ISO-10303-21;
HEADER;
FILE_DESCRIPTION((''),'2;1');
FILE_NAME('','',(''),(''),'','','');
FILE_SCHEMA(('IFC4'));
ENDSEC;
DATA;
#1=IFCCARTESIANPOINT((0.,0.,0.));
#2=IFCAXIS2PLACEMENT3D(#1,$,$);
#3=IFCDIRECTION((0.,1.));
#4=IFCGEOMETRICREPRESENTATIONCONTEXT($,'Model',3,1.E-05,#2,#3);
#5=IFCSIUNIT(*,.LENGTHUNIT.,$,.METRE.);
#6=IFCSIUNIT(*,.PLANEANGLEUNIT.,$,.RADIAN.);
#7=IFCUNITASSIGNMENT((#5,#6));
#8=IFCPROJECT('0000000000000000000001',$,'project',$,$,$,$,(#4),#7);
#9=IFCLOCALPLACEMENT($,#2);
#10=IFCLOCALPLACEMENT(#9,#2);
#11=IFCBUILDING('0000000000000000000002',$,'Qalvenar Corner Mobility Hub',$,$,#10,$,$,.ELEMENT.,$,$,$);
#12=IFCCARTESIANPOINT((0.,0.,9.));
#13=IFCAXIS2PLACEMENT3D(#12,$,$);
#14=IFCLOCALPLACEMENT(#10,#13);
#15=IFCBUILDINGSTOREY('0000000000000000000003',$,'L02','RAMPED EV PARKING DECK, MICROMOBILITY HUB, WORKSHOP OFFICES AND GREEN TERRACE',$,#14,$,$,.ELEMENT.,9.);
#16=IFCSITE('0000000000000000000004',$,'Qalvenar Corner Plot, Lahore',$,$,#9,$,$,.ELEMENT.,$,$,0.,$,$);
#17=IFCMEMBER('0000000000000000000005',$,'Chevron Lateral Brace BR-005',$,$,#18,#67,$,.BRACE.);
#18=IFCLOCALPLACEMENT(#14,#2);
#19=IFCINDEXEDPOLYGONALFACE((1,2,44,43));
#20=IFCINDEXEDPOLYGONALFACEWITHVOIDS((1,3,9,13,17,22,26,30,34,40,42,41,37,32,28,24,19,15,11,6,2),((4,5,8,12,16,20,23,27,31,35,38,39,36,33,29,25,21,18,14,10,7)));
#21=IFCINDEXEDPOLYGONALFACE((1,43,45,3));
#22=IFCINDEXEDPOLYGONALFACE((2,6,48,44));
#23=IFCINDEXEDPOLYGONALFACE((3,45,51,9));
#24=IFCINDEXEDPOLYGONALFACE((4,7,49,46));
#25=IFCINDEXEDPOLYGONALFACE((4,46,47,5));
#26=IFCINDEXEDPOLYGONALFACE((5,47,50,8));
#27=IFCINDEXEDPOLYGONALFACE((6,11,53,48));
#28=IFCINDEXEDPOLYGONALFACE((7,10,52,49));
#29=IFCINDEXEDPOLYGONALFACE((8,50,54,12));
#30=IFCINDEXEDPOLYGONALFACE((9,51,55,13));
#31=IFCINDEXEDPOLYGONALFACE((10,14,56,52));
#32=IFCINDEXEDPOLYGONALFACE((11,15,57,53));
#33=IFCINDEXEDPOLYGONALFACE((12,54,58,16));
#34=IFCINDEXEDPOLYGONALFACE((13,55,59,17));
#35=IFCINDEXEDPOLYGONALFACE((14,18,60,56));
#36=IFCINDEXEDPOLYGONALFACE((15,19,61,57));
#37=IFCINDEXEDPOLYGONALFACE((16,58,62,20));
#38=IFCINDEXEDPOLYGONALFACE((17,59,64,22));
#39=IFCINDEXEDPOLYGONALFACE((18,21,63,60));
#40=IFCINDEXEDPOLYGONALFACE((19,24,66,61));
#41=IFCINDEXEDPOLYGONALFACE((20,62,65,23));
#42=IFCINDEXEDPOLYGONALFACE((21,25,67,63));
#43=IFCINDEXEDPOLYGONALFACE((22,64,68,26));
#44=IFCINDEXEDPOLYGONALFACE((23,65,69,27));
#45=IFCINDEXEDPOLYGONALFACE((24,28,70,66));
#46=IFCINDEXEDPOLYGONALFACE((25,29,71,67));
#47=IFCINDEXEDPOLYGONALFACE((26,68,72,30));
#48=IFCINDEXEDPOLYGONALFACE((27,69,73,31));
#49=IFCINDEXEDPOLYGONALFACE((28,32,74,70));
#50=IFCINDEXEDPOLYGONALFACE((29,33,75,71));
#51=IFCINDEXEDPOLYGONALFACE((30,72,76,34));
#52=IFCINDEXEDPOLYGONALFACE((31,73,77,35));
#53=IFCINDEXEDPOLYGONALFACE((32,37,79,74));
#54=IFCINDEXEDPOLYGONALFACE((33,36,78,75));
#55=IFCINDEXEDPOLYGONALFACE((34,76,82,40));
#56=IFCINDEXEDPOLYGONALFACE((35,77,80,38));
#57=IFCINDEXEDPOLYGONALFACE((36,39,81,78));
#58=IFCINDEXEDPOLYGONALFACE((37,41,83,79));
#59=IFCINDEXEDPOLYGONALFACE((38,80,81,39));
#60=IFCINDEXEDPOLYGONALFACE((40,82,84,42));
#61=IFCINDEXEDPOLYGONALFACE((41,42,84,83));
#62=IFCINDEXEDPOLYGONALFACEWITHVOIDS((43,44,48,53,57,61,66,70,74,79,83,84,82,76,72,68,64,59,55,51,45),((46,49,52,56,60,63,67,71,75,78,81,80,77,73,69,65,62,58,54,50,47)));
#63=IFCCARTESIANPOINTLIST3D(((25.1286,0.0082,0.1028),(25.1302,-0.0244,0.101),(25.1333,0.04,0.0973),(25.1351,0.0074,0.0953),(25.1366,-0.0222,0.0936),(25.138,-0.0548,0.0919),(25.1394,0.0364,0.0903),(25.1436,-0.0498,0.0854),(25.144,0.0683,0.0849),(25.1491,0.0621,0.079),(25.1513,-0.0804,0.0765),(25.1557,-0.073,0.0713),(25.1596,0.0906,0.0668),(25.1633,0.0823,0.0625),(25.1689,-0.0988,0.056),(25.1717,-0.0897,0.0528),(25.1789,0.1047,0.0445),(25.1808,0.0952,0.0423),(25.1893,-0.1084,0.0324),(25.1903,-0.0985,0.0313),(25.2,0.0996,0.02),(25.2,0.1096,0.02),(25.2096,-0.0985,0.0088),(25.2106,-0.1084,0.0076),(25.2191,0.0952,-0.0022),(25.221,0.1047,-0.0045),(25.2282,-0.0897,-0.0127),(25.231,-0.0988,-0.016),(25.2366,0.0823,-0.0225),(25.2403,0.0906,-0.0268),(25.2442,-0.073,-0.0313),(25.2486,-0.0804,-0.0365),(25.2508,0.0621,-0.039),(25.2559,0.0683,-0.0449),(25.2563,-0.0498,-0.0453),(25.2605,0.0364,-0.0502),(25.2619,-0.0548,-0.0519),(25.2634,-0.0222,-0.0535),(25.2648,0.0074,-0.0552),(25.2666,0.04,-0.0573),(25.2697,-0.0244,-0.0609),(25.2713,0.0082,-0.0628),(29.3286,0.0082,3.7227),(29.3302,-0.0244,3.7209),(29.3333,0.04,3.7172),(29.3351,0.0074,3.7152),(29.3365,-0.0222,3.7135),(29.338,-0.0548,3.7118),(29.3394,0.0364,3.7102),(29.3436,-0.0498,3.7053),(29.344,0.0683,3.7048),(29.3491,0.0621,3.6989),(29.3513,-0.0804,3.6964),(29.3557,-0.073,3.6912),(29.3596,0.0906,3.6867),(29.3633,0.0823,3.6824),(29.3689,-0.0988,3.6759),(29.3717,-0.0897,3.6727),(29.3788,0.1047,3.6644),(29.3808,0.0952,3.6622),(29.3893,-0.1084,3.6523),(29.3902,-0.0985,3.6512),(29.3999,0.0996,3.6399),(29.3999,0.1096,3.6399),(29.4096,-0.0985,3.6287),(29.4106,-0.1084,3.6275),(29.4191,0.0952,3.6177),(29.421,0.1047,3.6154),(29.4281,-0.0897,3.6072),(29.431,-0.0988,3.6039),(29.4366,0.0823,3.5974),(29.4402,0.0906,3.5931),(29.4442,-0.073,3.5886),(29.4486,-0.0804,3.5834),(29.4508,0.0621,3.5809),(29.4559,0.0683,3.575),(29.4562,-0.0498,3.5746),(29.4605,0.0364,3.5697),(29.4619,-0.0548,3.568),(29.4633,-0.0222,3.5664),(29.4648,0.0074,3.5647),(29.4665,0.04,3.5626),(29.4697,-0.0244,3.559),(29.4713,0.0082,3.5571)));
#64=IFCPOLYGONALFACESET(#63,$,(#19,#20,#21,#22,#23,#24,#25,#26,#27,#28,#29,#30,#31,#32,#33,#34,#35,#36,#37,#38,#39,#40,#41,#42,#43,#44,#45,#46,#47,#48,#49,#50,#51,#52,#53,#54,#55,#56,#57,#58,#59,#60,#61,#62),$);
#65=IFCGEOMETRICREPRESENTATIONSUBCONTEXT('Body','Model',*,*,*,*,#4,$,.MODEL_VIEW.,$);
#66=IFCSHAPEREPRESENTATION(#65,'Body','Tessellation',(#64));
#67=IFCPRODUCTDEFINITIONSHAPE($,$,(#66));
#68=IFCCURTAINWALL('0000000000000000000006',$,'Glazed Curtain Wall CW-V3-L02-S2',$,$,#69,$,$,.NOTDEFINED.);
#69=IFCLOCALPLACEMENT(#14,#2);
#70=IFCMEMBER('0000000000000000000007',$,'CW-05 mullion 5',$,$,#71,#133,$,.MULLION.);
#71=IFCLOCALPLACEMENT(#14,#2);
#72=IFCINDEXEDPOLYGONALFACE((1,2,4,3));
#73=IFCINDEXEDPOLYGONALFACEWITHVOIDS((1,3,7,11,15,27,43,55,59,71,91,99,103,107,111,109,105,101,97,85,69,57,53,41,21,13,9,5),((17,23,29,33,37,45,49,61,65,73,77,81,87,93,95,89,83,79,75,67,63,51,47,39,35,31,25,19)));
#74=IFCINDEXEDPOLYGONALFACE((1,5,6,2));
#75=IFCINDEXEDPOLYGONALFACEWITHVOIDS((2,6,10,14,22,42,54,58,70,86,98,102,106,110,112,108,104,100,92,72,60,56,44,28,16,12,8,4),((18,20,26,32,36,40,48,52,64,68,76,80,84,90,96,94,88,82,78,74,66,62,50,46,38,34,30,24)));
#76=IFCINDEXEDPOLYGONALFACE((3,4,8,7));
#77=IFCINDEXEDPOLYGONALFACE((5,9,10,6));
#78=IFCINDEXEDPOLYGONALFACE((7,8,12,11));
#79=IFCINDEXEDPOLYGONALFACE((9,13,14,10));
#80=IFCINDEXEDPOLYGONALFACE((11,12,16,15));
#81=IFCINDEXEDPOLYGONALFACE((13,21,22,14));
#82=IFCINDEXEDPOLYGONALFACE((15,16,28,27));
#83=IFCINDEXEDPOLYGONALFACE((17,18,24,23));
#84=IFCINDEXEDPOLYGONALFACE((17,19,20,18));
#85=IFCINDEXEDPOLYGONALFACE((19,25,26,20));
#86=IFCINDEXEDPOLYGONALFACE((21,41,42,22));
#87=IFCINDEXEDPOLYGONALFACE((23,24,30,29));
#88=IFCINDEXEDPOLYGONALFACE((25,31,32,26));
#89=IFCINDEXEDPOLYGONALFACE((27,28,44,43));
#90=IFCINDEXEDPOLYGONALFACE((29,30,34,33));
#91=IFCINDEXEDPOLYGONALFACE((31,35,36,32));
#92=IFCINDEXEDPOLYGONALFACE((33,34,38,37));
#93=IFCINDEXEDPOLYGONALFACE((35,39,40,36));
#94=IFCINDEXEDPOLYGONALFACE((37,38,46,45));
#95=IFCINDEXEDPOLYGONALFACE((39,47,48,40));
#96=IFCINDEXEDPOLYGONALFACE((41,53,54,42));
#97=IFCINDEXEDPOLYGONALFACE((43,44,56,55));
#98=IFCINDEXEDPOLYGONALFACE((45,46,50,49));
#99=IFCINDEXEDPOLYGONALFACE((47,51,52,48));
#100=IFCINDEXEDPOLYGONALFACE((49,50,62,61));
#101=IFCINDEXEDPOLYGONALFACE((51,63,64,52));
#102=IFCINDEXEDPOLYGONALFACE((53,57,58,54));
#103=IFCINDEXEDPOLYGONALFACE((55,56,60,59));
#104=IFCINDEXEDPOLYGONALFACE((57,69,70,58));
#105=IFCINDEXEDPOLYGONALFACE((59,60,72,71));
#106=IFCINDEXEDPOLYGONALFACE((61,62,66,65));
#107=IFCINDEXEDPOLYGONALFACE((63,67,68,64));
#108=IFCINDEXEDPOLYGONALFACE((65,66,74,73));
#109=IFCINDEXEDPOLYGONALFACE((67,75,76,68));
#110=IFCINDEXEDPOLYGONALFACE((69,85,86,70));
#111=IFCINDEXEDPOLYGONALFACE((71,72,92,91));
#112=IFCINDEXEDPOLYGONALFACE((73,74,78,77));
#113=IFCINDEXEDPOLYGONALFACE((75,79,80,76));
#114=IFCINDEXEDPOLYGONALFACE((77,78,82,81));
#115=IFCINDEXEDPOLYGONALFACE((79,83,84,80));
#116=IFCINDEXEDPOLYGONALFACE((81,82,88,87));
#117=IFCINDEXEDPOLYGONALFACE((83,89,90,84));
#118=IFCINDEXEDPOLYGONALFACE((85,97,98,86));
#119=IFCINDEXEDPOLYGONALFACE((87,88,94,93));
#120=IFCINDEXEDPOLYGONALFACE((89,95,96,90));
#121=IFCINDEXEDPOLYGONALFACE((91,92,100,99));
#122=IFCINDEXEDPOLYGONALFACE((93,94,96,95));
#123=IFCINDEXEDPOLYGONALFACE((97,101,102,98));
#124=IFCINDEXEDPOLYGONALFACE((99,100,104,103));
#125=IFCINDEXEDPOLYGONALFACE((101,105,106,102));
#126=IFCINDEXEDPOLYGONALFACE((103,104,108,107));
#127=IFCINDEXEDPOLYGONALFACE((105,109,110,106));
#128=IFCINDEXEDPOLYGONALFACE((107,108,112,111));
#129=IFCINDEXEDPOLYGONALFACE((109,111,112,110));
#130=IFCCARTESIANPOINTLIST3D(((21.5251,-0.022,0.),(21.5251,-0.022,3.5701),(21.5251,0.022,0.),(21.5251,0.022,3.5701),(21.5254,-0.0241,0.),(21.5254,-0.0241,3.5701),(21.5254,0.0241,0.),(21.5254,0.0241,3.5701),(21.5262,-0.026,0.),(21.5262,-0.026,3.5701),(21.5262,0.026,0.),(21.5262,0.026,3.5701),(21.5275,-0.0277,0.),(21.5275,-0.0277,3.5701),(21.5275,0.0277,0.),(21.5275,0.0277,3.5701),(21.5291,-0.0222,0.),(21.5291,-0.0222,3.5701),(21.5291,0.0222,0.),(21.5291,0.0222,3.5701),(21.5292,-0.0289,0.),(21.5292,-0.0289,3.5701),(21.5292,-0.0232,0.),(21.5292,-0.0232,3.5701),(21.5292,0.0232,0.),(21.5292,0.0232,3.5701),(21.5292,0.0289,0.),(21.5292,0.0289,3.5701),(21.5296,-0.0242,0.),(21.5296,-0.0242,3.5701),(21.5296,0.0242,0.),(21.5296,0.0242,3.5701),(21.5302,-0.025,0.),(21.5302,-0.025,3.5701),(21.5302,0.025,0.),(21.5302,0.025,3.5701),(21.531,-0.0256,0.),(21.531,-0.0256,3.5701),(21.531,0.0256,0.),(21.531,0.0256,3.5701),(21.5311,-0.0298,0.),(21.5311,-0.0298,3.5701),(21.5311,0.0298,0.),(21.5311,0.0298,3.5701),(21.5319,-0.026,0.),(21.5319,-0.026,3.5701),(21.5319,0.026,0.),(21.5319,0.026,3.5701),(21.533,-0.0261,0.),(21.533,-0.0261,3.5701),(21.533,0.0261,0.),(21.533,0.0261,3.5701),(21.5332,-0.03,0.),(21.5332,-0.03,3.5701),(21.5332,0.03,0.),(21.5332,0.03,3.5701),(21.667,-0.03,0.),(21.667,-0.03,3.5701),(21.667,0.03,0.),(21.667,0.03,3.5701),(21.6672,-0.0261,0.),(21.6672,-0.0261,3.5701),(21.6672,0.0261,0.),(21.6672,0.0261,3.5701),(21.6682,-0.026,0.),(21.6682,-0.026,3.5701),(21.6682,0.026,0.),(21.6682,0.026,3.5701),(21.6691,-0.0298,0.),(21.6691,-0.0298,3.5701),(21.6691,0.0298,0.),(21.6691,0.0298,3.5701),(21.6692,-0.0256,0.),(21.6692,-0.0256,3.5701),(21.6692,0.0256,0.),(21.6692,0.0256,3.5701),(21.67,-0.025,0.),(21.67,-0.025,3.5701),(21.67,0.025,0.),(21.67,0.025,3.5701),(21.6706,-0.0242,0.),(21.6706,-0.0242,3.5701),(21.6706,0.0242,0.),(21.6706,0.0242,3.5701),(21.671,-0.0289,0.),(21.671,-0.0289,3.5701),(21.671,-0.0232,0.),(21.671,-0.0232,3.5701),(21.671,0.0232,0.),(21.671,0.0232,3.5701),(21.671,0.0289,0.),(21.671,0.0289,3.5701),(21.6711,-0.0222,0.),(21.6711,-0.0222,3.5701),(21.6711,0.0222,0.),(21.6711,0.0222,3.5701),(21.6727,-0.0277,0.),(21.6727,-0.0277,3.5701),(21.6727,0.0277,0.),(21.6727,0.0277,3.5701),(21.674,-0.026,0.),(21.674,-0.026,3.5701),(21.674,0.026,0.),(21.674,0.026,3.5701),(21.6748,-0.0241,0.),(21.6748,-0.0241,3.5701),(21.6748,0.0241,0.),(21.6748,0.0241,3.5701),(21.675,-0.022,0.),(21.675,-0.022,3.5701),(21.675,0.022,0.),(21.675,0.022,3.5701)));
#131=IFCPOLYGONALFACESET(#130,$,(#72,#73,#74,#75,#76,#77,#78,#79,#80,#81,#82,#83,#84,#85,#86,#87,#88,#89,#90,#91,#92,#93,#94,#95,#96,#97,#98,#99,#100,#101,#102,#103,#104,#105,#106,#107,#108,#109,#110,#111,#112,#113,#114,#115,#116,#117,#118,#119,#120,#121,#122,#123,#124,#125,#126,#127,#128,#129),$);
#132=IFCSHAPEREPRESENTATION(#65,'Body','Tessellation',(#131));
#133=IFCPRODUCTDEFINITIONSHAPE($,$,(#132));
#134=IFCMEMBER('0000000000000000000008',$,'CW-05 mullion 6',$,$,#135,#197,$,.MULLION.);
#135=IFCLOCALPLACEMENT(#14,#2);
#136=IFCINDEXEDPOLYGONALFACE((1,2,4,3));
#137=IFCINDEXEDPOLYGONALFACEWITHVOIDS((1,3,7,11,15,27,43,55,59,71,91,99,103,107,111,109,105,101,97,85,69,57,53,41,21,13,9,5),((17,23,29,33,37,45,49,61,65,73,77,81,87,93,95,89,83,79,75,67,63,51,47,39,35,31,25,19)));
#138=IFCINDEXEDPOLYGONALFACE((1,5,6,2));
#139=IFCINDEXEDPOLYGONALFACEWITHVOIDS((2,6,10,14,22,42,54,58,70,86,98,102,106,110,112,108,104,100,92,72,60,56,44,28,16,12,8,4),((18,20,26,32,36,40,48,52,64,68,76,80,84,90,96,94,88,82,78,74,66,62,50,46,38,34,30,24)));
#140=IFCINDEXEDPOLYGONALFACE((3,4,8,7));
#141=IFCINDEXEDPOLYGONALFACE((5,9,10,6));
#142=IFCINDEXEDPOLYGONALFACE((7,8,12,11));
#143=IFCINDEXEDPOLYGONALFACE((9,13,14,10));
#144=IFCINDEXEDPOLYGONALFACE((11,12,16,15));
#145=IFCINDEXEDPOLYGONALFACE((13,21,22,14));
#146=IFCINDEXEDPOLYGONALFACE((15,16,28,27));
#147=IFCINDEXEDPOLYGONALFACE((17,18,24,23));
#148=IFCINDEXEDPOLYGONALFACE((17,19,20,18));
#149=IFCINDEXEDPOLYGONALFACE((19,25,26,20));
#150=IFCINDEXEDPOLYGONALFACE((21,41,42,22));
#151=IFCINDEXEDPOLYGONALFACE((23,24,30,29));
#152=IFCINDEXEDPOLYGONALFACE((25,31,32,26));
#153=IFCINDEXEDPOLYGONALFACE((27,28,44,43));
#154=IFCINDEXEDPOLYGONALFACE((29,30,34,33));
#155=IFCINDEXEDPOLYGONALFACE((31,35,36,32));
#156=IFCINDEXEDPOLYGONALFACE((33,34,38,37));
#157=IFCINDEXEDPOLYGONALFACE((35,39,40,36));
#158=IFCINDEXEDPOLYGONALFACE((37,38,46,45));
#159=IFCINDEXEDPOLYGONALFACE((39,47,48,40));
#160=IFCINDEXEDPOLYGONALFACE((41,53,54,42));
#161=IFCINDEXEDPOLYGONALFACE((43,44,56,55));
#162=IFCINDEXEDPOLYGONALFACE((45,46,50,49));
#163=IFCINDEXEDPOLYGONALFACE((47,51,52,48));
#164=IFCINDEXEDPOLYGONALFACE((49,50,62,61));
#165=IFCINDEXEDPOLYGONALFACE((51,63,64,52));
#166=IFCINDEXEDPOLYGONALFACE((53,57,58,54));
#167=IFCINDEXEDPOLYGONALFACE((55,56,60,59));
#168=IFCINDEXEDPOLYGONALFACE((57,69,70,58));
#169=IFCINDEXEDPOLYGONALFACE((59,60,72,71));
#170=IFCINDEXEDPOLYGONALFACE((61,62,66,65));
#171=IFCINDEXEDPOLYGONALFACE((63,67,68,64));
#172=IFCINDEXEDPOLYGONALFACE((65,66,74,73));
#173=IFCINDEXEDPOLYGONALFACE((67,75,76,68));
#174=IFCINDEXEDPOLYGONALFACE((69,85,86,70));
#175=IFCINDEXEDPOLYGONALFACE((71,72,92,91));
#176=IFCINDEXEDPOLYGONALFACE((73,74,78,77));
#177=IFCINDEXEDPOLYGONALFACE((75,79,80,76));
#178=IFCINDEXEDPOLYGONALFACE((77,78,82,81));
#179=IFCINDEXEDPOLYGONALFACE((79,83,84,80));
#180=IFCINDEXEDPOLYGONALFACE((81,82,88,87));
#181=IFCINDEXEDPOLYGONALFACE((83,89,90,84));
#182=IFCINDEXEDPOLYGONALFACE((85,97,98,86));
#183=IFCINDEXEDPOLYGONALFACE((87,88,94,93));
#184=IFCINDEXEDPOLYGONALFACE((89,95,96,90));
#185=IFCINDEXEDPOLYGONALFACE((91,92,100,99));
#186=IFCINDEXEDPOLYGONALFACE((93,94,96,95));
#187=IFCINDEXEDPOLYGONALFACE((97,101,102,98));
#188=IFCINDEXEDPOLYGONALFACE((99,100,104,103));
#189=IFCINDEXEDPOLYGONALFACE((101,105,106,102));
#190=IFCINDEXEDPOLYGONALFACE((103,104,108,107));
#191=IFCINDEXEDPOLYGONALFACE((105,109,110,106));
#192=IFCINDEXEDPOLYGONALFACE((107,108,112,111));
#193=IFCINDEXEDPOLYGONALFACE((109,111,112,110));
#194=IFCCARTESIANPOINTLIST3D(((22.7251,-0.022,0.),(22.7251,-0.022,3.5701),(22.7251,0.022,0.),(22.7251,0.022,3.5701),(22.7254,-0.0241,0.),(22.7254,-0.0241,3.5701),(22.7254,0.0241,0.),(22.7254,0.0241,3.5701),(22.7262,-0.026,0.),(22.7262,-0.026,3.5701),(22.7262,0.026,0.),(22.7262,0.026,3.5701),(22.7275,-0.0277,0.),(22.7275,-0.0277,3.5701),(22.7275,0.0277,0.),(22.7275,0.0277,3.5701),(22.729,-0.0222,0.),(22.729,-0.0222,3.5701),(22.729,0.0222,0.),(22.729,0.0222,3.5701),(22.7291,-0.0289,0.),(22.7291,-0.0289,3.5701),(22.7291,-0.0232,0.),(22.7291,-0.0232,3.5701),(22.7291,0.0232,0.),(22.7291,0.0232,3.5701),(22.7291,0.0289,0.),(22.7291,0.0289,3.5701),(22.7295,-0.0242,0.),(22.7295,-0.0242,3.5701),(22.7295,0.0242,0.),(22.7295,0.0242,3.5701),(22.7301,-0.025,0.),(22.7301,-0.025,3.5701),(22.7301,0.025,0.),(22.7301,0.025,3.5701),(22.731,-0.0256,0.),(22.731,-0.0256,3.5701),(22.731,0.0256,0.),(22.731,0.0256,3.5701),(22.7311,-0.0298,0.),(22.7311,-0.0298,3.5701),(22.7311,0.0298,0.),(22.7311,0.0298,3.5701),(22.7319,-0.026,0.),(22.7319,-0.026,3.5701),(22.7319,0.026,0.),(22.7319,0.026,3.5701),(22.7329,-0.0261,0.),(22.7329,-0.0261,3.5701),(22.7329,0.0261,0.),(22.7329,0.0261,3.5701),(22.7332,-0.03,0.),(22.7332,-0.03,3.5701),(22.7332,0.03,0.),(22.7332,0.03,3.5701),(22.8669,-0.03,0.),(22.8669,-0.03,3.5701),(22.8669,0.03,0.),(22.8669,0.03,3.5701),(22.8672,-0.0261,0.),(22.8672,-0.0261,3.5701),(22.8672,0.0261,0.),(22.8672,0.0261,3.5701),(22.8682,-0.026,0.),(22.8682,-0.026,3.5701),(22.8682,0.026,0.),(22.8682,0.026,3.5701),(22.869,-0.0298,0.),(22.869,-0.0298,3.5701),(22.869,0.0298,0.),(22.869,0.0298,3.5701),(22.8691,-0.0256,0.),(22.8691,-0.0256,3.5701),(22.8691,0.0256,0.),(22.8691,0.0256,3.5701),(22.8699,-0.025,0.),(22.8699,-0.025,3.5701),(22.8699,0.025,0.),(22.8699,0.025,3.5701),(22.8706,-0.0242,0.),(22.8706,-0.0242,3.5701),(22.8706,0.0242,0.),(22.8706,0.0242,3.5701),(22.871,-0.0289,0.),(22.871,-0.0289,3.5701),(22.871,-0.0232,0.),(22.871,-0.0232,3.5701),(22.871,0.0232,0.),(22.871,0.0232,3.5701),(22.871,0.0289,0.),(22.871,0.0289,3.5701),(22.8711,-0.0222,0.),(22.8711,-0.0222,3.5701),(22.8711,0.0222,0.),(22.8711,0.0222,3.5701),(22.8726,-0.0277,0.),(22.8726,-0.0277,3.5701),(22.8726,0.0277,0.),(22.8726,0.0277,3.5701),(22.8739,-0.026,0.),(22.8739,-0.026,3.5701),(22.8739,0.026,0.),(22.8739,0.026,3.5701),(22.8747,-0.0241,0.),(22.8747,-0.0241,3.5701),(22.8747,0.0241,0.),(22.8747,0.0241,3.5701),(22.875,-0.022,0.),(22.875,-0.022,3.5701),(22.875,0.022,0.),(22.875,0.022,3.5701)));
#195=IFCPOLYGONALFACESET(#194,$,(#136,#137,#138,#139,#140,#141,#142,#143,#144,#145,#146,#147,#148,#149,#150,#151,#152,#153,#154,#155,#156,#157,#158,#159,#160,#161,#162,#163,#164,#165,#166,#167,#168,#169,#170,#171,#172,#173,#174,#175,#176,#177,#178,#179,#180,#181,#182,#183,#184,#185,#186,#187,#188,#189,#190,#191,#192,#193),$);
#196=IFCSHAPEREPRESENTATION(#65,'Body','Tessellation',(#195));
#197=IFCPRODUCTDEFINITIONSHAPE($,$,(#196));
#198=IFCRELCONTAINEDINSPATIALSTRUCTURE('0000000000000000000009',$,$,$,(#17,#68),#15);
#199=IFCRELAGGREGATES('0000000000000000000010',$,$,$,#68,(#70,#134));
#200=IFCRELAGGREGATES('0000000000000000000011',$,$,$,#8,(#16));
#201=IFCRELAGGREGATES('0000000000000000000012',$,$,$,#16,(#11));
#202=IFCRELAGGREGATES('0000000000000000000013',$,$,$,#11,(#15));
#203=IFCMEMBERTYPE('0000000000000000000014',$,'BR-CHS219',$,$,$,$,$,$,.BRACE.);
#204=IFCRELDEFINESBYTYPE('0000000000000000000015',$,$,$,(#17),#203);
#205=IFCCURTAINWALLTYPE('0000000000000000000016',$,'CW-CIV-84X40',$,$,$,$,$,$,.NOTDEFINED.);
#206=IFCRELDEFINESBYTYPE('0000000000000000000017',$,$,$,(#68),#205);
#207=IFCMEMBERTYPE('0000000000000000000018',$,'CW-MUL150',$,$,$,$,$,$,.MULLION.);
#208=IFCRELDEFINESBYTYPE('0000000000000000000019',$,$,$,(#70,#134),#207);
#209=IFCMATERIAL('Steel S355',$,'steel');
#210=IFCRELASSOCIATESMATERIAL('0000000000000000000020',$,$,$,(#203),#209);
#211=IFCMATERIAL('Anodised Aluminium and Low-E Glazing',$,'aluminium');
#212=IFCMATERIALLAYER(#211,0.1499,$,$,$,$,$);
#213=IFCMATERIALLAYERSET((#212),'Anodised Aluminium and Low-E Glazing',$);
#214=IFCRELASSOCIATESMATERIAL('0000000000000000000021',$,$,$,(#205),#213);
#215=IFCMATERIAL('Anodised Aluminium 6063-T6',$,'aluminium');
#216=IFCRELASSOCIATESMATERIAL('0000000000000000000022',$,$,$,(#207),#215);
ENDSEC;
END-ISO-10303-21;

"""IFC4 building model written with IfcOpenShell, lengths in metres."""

from ifc_helpers import new_model, si_unit, direction, frame, origin, origin_2d, place, context, subcontext, project, spatial, hollow_rectangle, hollow_circle, extrude, material, layer, layer_set, material_profile, profile_set, type_object, element, aggregate, save


model = new_model("IFC4")

# Units and contexts
model_context = context("Model", 3, precision=1e-05, world=origin(), true_north=direction((0.0, 1.0)))
body_context = subcontext(model_context, "Body", "Model", "MODEL_VIEW")
ifc_project = project(units=[si_unit("LENGTHUNIT", "METRE"), si_unit("PLANEANGLEUNIT", "RADIAN")], contexts=[model_context])

# Site, building, storey
site_placement = place(None, origin())
site = spatial("IfcSite", under=ifc_project, at=site_placement, Name="Qalvenar Corner Plot, Lahore", CompositionType="ELEMENT", RefElevation=0.0)
building_placement = place(site_placement, origin())
building = spatial("IfcBuilding", under=site, at=building_placement, Name="Qalvenar Corner Mobility Hub", CompositionType="ELEMENT")
storey_placement = place(building_placement, frame((0.0, 0.0, 9.0)))
storey = spatial("IfcBuildingStorey", under=building, at=storey_placement, Name="L02", Description="RAMPED EV PARKING DECK, MICROMOBILITY HUB, WORKSHOP OFFICES AND GREEN TERRACE", CompositionType="ELEMENT", Elevation=9.0)

# Shared definitions
ifc_material_1 = material(Name="Steel S355", Category="steel")

# Member
ifc_material_profile_1 = material_profile(ifc_material_1, hollow_circle(Radius=0.1096, WallThickness=0.01, at=origin_2d()), Name="CHS219.1x10")
ifc_profile_set_1 = profile_set([ifc_material_profile_1], Name="Steel S355")
member_type_1 = type_object("IfcMemberType", Name="BR-CHS219", PredefinedType="BRACE", material=ifc_profile_set_1)
member_1_placement = place(storey_placement, frame((25.2, 0.0, 0.02), z_axis=(0.757479, 0.0, 0.652859), x_axis=(0.0, 1.0, 0.0)))
element("IfcMember", 1, at=member_1_placement, inside=storey, type_object=member_type_1, Name="Chevron Lateral Brace BR-005", PredefinedType="BRACE", context=body_context, shape_type="SweptSolid", body=[
    extrude(hollow_circle(Radius=0.1096, WallThickness=0.01, at=origin_2d()), origin(), (0.0, 0.0, 1.0), 5.5447),
])

# Curtain wall, members
ifc_material_2 = material(Name="Anodised Aluminium and Low-E Glazing", Category="aluminium")
ifc_layer_1 = layer(ifc_material_2, 0.1499)
ifc_layer_set_1 = layer_set([ifc_layer_1], Name="Anodised Aluminium and Low-E Glazing")
curtain_wall_type = type_object("IfcCurtainWallType", Name="CW-CIV-84X40", PredefinedType="NOTDEFINED", material=ifc_layer_set_1)
curtain_wall_placement = place(storey_placement, origin())
curtain_wall = element("IfcCurtainWall", 2, at=curtain_wall_placement, inside=storey, type_object=curtain_wall_type, Name="Glazed Curtain Wall CW-V3-L02-S2", PredefinedType="NOTDEFINED")
ifc_material_3 = material(Name="Anodised Aluminium 6063-T6", Category="aluminium")
ifc_material_profile_2 = material_profile(ifc_material_3, hollow_rectangle(XDim=0.0601, YDim=0.1499, WallThickness=0.0039, InnerFilletRadius=0.0039, OuterFilletRadius=0.0081, at=origin_2d()), Name="RHS150x60x4")
ifc_profile_set_2 = profile_set([ifc_material_profile_2], Name="Anodised Aluminium 6063-T6")
member_type_2 = type_object("IfcMemberType", Name="CW-MUL150", PredefinedType="MULLION", material=ifc_profile_set_2)
member_2_placement = place(storey_placement, frame((21.6001, 0.0, 0.0), z_axis=(0.0, 0.0, 1.0), x_axis=(0.0, 1.0, 0.0)))
member_2 = element("IfcMember", 3, at=member_2_placement, type_object=member_type_2, Name="CW-05 mullion 5", PredefinedType="MULLION", context=body_context, shape_type="SweptSolid", body=[
    extrude(hollow_rectangle(XDim=0.0601, YDim=0.1499, WallThickness=0.0039, InnerFilletRadius=0.0039, OuterFilletRadius=0.0081, at=origin_2d()), origin(), (0.0, 0.0, 1.0), 3.5701),
])
member_3_placement = place(storey_placement, frame((22.8, 0.0, 0.0), z_axis=(0.0, 0.0, 1.0), x_axis=(0.0, 1.0, 0.0)))
member_3 = element("IfcMember", 4, at=member_3_placement, type_object=member_type_2, Name="CW-05 mullion 6", PredefinedType="MULLION", context=body_context, shape_type="SweptSolid", body=[
    extrude(hollow_rectangle(XDim=0.0601, YDim=0.1499, WallThickness=0.0039, InnerFilletRadius=0.0039, OuterFilletRadius=0.0081, at=origin_2d()), origin(), (0.0, 0.0, 1.0), 3.5701),
])
aggregate(curtain_wall, [member_2, member_3])

save(model, "model.ifc")
